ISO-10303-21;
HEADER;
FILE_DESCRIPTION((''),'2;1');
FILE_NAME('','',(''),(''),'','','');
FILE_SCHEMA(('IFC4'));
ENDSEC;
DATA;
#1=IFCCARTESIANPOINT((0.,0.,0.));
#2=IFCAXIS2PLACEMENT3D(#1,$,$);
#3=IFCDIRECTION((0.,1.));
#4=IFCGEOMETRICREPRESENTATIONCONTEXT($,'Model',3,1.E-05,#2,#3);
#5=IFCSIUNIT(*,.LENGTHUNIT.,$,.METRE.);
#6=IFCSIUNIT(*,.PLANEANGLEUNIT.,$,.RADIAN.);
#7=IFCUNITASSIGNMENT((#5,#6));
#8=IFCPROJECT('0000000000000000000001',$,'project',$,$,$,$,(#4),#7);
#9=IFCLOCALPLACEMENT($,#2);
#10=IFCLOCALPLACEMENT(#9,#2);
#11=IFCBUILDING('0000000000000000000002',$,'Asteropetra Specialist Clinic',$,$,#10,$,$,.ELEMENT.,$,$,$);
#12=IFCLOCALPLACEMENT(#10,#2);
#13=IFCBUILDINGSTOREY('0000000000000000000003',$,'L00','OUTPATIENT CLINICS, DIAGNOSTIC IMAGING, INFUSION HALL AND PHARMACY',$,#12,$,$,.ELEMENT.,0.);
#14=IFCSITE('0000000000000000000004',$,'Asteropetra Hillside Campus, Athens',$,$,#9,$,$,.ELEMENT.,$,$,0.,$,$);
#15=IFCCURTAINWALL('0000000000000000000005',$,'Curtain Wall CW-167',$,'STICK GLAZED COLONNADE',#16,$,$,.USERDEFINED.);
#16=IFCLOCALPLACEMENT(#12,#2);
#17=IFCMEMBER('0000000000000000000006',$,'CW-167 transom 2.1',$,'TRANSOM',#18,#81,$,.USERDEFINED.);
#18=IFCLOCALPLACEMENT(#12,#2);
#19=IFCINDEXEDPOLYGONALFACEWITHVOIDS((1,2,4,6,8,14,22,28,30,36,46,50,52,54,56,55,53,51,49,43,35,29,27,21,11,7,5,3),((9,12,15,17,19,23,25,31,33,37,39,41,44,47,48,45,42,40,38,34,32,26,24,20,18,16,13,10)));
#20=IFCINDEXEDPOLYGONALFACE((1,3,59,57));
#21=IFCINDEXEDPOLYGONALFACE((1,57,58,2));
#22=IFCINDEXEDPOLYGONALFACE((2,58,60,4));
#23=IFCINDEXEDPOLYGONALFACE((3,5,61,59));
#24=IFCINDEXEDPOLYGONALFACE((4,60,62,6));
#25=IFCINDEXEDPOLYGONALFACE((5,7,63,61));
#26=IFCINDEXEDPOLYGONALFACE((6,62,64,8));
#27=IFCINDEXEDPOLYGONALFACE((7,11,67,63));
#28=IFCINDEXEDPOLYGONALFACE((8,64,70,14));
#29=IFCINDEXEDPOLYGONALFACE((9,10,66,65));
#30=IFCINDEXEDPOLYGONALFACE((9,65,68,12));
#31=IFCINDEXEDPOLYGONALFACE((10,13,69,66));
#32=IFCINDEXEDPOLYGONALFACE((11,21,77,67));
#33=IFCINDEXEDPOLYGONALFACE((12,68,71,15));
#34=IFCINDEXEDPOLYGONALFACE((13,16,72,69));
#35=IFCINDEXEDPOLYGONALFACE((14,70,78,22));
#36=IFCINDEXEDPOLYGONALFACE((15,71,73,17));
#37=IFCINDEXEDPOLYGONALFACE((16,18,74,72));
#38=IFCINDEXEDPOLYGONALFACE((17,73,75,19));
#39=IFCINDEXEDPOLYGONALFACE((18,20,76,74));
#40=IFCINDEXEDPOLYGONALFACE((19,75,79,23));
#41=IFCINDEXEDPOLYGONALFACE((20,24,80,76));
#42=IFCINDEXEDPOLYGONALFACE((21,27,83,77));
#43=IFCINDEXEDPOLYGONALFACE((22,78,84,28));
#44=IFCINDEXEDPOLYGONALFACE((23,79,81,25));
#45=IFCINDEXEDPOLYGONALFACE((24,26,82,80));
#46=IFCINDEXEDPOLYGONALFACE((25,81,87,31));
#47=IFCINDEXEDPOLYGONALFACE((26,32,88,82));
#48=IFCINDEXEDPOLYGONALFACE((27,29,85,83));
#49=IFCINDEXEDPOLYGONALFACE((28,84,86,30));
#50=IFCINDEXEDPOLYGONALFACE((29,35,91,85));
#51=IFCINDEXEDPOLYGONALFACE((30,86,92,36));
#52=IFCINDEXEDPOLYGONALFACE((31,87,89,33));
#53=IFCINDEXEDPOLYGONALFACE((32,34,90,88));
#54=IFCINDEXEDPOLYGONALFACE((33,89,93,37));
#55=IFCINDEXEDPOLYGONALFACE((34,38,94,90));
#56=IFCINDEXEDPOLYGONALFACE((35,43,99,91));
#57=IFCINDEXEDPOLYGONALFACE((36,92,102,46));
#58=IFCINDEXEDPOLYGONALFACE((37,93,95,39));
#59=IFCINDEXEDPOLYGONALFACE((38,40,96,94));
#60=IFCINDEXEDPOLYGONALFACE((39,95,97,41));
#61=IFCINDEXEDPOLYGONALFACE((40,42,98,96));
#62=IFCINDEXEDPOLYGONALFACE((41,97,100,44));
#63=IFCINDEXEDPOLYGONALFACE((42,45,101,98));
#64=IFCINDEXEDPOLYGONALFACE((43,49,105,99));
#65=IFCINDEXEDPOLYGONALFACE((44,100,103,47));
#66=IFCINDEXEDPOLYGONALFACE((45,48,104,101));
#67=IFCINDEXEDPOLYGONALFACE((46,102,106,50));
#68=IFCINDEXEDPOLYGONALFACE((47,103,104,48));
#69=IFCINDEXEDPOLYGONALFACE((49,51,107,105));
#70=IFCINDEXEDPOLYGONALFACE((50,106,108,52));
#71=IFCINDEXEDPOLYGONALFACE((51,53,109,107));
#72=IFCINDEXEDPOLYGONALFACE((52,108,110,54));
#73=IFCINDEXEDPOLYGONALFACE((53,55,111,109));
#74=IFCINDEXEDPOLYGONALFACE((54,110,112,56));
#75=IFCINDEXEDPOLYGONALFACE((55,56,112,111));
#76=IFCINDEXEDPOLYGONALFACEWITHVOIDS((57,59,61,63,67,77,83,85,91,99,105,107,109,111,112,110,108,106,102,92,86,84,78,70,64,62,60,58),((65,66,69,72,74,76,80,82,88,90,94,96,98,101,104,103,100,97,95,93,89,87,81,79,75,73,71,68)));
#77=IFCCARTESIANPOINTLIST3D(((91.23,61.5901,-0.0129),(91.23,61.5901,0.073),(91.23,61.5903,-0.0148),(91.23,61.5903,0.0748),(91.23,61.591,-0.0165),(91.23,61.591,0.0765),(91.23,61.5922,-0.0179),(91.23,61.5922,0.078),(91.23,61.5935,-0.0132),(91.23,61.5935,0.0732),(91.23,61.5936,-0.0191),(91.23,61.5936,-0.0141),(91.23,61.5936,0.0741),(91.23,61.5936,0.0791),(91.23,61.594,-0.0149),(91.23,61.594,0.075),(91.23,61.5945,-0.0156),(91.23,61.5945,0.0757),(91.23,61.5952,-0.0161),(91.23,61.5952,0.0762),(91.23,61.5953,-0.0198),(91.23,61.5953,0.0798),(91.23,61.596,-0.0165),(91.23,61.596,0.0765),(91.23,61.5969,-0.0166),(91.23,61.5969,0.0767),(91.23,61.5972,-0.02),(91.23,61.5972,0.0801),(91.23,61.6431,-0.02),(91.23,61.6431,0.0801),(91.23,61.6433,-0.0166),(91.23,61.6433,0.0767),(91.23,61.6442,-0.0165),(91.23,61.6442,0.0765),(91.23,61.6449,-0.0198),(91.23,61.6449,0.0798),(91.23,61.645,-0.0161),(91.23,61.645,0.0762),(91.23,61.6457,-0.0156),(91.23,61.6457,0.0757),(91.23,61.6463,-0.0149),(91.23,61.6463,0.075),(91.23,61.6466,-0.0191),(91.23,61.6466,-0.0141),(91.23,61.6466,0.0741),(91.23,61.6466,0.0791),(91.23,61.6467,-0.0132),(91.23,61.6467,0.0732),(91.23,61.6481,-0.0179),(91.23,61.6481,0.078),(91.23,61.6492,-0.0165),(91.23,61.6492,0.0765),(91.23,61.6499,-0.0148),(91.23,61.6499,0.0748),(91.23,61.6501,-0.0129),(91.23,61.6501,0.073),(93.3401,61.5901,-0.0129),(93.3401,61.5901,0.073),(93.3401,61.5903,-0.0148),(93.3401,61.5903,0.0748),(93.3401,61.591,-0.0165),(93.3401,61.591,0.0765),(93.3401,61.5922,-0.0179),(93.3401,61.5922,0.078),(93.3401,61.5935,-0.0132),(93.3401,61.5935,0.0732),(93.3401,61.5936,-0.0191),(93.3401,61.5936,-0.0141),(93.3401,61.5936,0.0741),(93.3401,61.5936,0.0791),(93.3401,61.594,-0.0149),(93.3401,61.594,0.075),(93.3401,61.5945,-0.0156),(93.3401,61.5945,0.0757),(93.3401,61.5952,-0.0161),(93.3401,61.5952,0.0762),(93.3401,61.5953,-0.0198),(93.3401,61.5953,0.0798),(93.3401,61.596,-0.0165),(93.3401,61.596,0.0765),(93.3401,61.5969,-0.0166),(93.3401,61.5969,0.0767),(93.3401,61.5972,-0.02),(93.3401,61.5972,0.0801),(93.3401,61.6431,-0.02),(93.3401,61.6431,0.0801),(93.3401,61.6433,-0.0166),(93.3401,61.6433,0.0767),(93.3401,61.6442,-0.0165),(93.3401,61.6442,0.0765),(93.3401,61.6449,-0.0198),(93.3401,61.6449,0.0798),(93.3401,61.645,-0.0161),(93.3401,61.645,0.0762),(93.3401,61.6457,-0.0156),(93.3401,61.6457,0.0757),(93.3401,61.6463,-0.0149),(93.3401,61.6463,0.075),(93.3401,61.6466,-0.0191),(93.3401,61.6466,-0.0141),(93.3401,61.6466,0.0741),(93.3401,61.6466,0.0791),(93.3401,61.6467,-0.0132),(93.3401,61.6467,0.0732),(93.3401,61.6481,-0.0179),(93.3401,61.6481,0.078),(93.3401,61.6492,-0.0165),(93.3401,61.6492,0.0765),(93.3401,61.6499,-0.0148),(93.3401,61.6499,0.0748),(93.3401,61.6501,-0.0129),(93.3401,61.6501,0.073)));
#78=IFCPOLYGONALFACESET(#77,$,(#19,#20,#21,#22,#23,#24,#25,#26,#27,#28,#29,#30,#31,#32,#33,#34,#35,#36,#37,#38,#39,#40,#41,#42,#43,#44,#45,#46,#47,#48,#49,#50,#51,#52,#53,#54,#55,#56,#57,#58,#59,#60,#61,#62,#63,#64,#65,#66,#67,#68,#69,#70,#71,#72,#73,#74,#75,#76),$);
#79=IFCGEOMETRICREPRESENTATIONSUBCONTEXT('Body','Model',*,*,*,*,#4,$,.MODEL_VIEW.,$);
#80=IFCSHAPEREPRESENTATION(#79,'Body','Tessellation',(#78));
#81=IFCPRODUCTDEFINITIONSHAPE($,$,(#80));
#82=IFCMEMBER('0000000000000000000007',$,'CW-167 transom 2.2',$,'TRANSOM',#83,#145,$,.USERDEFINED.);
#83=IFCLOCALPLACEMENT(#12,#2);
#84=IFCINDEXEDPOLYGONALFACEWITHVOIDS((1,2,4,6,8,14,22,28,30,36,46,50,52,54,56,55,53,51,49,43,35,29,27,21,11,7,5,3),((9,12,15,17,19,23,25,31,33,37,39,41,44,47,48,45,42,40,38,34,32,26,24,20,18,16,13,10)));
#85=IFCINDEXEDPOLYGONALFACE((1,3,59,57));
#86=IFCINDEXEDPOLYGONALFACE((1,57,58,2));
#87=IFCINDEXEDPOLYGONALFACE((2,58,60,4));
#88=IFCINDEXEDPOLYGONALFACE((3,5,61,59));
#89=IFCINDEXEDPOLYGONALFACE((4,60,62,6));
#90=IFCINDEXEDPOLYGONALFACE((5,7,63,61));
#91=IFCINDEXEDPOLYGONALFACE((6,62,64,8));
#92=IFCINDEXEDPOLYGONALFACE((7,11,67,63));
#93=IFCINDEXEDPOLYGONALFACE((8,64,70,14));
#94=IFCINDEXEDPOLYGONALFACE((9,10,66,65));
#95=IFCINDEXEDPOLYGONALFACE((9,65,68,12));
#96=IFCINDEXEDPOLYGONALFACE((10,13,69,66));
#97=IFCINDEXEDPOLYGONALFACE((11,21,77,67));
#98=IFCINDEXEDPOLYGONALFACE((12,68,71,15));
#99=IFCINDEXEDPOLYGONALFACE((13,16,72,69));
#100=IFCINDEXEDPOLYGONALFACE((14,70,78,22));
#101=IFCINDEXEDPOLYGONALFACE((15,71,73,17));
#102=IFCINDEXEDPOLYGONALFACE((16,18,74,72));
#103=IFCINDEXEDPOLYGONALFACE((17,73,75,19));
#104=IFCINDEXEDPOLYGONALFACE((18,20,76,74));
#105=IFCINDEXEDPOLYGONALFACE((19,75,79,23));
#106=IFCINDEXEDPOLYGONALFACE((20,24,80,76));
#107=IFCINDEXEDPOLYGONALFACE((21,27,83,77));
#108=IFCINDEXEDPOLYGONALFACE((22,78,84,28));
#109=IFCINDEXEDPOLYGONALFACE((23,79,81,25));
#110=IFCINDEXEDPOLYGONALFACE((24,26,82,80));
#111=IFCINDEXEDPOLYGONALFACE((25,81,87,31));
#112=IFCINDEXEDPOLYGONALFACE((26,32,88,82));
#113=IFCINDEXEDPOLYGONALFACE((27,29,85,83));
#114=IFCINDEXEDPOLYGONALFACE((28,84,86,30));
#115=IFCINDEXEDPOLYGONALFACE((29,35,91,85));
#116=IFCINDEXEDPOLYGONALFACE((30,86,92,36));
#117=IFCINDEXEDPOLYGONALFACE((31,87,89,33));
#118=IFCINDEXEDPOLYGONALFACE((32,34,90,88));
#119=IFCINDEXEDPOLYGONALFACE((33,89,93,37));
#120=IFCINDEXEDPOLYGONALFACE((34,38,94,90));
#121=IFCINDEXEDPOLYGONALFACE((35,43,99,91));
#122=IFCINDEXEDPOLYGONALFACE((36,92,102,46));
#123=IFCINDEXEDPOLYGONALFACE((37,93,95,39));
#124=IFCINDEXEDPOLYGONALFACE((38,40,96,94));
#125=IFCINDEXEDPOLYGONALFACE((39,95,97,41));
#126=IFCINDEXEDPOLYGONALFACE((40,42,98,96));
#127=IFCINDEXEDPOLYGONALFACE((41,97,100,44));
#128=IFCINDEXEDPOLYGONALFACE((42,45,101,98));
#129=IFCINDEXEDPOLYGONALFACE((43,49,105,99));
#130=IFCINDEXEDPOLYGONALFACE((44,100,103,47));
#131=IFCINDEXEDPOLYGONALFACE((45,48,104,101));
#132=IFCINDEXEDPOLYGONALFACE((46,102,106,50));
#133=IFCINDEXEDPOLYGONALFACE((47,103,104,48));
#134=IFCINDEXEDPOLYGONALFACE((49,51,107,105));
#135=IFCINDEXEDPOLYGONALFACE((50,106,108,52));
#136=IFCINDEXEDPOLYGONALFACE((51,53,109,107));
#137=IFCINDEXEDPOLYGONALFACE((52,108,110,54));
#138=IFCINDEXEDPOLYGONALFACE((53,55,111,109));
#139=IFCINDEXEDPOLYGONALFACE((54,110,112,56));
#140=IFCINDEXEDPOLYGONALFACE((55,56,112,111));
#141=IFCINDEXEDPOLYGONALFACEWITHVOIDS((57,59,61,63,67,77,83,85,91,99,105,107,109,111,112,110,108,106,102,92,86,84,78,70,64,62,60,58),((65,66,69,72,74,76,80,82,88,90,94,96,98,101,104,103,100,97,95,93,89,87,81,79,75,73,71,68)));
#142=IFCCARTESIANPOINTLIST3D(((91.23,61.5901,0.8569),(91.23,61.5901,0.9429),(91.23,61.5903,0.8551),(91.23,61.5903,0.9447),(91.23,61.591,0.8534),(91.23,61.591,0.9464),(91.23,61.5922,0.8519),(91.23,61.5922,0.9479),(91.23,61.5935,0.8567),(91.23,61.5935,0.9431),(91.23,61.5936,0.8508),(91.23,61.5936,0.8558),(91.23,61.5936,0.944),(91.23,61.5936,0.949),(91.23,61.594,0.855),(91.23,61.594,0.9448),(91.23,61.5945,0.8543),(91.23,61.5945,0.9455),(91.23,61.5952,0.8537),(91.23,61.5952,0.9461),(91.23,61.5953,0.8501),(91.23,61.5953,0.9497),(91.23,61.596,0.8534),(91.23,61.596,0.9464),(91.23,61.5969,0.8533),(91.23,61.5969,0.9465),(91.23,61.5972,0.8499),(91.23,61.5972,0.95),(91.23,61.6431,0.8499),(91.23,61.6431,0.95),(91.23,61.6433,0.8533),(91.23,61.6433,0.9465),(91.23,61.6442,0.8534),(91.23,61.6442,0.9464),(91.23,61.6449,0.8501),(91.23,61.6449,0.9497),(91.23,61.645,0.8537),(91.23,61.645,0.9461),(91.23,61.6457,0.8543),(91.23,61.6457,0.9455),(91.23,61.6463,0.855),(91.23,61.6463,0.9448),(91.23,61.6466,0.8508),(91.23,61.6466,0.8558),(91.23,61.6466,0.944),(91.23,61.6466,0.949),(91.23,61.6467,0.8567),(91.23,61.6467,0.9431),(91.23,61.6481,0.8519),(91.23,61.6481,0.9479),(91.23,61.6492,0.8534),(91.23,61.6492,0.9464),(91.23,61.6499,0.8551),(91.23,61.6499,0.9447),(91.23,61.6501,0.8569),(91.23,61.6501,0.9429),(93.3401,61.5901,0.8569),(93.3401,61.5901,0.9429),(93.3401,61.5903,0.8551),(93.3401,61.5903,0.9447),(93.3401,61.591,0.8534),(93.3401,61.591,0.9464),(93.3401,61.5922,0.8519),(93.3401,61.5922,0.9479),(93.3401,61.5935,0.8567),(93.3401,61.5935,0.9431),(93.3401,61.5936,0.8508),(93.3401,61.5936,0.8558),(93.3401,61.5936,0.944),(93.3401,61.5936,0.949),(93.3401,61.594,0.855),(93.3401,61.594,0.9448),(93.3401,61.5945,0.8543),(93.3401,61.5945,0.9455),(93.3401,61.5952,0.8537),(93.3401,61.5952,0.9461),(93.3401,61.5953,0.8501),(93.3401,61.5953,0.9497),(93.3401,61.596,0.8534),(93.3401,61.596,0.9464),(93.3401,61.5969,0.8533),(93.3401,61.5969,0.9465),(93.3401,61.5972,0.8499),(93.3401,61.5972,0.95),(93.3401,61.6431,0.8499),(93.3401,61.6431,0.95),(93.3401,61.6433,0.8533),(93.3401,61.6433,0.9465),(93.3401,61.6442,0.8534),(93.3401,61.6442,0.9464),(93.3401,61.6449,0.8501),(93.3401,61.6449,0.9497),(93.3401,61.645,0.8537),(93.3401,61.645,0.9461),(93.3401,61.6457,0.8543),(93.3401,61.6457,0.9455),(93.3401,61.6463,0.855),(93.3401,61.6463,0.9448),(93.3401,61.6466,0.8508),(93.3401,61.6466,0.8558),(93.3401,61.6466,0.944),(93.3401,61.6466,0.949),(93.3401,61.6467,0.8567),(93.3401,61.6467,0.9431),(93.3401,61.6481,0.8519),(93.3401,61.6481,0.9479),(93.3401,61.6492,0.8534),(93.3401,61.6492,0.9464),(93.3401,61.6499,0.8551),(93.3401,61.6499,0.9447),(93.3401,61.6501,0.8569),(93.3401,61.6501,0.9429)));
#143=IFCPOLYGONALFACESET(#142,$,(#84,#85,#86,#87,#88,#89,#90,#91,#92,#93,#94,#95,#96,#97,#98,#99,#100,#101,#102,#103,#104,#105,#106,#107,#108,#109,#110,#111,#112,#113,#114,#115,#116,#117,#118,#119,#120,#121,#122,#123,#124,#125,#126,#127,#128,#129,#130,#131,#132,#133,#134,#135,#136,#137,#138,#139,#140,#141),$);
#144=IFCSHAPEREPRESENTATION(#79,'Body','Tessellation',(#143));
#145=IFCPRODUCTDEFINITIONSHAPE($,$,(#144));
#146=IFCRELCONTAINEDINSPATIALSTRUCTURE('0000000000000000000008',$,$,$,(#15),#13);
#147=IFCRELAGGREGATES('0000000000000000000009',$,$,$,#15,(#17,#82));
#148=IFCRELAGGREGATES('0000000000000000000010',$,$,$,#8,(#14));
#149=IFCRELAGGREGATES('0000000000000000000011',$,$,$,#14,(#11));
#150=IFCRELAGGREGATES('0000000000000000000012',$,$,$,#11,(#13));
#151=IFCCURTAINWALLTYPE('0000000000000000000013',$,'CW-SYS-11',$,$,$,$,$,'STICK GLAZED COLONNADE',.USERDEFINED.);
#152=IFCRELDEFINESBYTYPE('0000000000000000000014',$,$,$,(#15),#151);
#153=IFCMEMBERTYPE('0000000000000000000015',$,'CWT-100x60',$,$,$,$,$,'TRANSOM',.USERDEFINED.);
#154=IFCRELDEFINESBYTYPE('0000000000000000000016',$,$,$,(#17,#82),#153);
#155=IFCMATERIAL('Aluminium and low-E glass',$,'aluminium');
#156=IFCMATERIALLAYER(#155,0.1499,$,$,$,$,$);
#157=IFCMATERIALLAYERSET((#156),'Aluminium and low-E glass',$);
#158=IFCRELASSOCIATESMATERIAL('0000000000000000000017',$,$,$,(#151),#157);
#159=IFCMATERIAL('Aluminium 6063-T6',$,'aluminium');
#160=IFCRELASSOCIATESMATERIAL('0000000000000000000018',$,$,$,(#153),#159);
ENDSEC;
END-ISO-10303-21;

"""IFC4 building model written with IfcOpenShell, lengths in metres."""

from ifc_helpers import new_model, si_unit, direction, frame, origin, origin_2d, place, context, subcontext, project, spatial, hollow_rectangle, extrude, material, layer, layer_set, material_profile, profile_set, type_object, element, aggregate, save


model = new_model("IFC4")

# Units and contexts
model_context = context("Model", 3, precision=1e-05, world=origin(), true_north=direction((0.0, 1.0)))
body_context = subcontext(model_context, "Body", "Model", "MODEL_VIEW")
ifc_project = project(units=[si_unit("LENGTHUNIT", "METRE"), si_unit("PLANEANGLEUNIT", "RADIAN")], contexts=[model_context])

# Site, building, storey
site_placement = place(None, origin())
site = spatial("IfcSite", under=ifc_project, at=site_placement, Name="Asteropetra Hillside Campus, Athens", CompositionType="ELEMENT", RefElevation=0.0)
building_placement = place(site_placement, origin())
building = spatial("IfcBuilding", under=site, at=building_placement, Name="Asteropetra Specialist Clinic", CompositionType="ELEMENT")
storey_placement = place(building_placement, origin())
storey = spatial("IfcBuildingStorey", under=building, at=storey_placement, Name="L00", Description="OUTPATIENT CLINICS, DIAGNOSTIC IMAGING, INFUSION HALL AND PHARMACY", CompositionType="ELEMENT", Elevation=0.0)

# Curtain wall
ifc_material_1 = material(Name="Aluminium and low-E glass", Category="aluminium")
ifc_layer_1 = layer(ifc_material_1, 0.1499)
ifc_layer_set_1 = layer_set([ifc_layer_1], Name="Aluminium and low-E glass")
curtain_wall_type_1 = type_object("IfcCurtainWallType", Name="CW-SYS-11", ElementType="STICK GLAZED COLONNADE", PredefinedType="USERDEFINED", material=ifc_layer_set_1)
curtain_wall_1_placement = place(storey_placement, origin())
curtain_wall_1 = element("IfcCurtainWall", 1, at=curtain_wall_1_placement, inside=storey, type_object=curtain_wall_type_1, Name="Curtain Wall CW-167", ObjectType="STICK GLAZED COLONNADE", PredefinedType="USERDEFINED")

# Members
ifc_material_2 = material(Name="Aluminium 6063-T6", Category="aluminium")
ifc_material_profile_1 = material_profile(ifc_material_2, hollow_rectangle(XDim=0.0601, YDim=0.1001, WallThickness=0.0034, InnerFilletRadius=0.0034, OuterFilletRadius=0.0071, at=origin_2d()), Name="TRN 100x60x3.5")
ifc_profile_set_1 = profile_set([ifc_material_profile_1], Name="Aluminium 6063-T6")
member_type_1 = type_object("IfcMemberType", Name="CWT-100x60", ElementType="TRANSOM", PredefinedType="USERDEFINED", material=ifc_profile_set_1)
member_1_placement = place(storey_placement, frame((93.3401, 61.6201, 0.03), z_axis=(-1.0, 0.0, 0.0), x_axis=(0.0, -1.0, 0.0)))
member_1 = element("IfcMember", 2, at=member_1_placement, type_object=member_type_1, Name="CW-167 transom 2.1", ObjectType="TRANSOM", PredefinedType="USERDEFINED", context=body_context, shape_type="SweptSolid", body=[
    extrude(hollow_rectangle(XDim=0.0601, YDim=0.1001, WallThickness=0.0034, InnerFilletRadius=0.0034, OuterFilletRadius=0.0071, at=origin_2d()), origin(), (0.0, 0.0, 1.0), 2.1101),
])
member_2_placement = place(storey_placement, frame((93.3401, 61.6201, 0.8999), z_axis=(-1.0, 0.0, 0.0), x_axis=(0.0, -1.0, 0.0)))
member_2 = element("IfcMember", 3, at=member_2_placement, type_object=member_type_1, Name="CW-167 transom 2.2", ObjectType="TRANSOM", PredefinedType="USERDEFINED", context=body_context, shape_type="SweptSolid", body=[
    extrude(hollow_rectangle(XDim=0.0601, YDim=0.1001, WallThickness=0.0034, InnerFilletRadius=0.0034, OuterFilletRadius=0.0071, at=origin_2d()), origin(), (0.0, 0.0, 1.0), 2.1101),
])

aggregate(curtain_wall_1, [member_1, member_2])

save(model, "model.ifc")
